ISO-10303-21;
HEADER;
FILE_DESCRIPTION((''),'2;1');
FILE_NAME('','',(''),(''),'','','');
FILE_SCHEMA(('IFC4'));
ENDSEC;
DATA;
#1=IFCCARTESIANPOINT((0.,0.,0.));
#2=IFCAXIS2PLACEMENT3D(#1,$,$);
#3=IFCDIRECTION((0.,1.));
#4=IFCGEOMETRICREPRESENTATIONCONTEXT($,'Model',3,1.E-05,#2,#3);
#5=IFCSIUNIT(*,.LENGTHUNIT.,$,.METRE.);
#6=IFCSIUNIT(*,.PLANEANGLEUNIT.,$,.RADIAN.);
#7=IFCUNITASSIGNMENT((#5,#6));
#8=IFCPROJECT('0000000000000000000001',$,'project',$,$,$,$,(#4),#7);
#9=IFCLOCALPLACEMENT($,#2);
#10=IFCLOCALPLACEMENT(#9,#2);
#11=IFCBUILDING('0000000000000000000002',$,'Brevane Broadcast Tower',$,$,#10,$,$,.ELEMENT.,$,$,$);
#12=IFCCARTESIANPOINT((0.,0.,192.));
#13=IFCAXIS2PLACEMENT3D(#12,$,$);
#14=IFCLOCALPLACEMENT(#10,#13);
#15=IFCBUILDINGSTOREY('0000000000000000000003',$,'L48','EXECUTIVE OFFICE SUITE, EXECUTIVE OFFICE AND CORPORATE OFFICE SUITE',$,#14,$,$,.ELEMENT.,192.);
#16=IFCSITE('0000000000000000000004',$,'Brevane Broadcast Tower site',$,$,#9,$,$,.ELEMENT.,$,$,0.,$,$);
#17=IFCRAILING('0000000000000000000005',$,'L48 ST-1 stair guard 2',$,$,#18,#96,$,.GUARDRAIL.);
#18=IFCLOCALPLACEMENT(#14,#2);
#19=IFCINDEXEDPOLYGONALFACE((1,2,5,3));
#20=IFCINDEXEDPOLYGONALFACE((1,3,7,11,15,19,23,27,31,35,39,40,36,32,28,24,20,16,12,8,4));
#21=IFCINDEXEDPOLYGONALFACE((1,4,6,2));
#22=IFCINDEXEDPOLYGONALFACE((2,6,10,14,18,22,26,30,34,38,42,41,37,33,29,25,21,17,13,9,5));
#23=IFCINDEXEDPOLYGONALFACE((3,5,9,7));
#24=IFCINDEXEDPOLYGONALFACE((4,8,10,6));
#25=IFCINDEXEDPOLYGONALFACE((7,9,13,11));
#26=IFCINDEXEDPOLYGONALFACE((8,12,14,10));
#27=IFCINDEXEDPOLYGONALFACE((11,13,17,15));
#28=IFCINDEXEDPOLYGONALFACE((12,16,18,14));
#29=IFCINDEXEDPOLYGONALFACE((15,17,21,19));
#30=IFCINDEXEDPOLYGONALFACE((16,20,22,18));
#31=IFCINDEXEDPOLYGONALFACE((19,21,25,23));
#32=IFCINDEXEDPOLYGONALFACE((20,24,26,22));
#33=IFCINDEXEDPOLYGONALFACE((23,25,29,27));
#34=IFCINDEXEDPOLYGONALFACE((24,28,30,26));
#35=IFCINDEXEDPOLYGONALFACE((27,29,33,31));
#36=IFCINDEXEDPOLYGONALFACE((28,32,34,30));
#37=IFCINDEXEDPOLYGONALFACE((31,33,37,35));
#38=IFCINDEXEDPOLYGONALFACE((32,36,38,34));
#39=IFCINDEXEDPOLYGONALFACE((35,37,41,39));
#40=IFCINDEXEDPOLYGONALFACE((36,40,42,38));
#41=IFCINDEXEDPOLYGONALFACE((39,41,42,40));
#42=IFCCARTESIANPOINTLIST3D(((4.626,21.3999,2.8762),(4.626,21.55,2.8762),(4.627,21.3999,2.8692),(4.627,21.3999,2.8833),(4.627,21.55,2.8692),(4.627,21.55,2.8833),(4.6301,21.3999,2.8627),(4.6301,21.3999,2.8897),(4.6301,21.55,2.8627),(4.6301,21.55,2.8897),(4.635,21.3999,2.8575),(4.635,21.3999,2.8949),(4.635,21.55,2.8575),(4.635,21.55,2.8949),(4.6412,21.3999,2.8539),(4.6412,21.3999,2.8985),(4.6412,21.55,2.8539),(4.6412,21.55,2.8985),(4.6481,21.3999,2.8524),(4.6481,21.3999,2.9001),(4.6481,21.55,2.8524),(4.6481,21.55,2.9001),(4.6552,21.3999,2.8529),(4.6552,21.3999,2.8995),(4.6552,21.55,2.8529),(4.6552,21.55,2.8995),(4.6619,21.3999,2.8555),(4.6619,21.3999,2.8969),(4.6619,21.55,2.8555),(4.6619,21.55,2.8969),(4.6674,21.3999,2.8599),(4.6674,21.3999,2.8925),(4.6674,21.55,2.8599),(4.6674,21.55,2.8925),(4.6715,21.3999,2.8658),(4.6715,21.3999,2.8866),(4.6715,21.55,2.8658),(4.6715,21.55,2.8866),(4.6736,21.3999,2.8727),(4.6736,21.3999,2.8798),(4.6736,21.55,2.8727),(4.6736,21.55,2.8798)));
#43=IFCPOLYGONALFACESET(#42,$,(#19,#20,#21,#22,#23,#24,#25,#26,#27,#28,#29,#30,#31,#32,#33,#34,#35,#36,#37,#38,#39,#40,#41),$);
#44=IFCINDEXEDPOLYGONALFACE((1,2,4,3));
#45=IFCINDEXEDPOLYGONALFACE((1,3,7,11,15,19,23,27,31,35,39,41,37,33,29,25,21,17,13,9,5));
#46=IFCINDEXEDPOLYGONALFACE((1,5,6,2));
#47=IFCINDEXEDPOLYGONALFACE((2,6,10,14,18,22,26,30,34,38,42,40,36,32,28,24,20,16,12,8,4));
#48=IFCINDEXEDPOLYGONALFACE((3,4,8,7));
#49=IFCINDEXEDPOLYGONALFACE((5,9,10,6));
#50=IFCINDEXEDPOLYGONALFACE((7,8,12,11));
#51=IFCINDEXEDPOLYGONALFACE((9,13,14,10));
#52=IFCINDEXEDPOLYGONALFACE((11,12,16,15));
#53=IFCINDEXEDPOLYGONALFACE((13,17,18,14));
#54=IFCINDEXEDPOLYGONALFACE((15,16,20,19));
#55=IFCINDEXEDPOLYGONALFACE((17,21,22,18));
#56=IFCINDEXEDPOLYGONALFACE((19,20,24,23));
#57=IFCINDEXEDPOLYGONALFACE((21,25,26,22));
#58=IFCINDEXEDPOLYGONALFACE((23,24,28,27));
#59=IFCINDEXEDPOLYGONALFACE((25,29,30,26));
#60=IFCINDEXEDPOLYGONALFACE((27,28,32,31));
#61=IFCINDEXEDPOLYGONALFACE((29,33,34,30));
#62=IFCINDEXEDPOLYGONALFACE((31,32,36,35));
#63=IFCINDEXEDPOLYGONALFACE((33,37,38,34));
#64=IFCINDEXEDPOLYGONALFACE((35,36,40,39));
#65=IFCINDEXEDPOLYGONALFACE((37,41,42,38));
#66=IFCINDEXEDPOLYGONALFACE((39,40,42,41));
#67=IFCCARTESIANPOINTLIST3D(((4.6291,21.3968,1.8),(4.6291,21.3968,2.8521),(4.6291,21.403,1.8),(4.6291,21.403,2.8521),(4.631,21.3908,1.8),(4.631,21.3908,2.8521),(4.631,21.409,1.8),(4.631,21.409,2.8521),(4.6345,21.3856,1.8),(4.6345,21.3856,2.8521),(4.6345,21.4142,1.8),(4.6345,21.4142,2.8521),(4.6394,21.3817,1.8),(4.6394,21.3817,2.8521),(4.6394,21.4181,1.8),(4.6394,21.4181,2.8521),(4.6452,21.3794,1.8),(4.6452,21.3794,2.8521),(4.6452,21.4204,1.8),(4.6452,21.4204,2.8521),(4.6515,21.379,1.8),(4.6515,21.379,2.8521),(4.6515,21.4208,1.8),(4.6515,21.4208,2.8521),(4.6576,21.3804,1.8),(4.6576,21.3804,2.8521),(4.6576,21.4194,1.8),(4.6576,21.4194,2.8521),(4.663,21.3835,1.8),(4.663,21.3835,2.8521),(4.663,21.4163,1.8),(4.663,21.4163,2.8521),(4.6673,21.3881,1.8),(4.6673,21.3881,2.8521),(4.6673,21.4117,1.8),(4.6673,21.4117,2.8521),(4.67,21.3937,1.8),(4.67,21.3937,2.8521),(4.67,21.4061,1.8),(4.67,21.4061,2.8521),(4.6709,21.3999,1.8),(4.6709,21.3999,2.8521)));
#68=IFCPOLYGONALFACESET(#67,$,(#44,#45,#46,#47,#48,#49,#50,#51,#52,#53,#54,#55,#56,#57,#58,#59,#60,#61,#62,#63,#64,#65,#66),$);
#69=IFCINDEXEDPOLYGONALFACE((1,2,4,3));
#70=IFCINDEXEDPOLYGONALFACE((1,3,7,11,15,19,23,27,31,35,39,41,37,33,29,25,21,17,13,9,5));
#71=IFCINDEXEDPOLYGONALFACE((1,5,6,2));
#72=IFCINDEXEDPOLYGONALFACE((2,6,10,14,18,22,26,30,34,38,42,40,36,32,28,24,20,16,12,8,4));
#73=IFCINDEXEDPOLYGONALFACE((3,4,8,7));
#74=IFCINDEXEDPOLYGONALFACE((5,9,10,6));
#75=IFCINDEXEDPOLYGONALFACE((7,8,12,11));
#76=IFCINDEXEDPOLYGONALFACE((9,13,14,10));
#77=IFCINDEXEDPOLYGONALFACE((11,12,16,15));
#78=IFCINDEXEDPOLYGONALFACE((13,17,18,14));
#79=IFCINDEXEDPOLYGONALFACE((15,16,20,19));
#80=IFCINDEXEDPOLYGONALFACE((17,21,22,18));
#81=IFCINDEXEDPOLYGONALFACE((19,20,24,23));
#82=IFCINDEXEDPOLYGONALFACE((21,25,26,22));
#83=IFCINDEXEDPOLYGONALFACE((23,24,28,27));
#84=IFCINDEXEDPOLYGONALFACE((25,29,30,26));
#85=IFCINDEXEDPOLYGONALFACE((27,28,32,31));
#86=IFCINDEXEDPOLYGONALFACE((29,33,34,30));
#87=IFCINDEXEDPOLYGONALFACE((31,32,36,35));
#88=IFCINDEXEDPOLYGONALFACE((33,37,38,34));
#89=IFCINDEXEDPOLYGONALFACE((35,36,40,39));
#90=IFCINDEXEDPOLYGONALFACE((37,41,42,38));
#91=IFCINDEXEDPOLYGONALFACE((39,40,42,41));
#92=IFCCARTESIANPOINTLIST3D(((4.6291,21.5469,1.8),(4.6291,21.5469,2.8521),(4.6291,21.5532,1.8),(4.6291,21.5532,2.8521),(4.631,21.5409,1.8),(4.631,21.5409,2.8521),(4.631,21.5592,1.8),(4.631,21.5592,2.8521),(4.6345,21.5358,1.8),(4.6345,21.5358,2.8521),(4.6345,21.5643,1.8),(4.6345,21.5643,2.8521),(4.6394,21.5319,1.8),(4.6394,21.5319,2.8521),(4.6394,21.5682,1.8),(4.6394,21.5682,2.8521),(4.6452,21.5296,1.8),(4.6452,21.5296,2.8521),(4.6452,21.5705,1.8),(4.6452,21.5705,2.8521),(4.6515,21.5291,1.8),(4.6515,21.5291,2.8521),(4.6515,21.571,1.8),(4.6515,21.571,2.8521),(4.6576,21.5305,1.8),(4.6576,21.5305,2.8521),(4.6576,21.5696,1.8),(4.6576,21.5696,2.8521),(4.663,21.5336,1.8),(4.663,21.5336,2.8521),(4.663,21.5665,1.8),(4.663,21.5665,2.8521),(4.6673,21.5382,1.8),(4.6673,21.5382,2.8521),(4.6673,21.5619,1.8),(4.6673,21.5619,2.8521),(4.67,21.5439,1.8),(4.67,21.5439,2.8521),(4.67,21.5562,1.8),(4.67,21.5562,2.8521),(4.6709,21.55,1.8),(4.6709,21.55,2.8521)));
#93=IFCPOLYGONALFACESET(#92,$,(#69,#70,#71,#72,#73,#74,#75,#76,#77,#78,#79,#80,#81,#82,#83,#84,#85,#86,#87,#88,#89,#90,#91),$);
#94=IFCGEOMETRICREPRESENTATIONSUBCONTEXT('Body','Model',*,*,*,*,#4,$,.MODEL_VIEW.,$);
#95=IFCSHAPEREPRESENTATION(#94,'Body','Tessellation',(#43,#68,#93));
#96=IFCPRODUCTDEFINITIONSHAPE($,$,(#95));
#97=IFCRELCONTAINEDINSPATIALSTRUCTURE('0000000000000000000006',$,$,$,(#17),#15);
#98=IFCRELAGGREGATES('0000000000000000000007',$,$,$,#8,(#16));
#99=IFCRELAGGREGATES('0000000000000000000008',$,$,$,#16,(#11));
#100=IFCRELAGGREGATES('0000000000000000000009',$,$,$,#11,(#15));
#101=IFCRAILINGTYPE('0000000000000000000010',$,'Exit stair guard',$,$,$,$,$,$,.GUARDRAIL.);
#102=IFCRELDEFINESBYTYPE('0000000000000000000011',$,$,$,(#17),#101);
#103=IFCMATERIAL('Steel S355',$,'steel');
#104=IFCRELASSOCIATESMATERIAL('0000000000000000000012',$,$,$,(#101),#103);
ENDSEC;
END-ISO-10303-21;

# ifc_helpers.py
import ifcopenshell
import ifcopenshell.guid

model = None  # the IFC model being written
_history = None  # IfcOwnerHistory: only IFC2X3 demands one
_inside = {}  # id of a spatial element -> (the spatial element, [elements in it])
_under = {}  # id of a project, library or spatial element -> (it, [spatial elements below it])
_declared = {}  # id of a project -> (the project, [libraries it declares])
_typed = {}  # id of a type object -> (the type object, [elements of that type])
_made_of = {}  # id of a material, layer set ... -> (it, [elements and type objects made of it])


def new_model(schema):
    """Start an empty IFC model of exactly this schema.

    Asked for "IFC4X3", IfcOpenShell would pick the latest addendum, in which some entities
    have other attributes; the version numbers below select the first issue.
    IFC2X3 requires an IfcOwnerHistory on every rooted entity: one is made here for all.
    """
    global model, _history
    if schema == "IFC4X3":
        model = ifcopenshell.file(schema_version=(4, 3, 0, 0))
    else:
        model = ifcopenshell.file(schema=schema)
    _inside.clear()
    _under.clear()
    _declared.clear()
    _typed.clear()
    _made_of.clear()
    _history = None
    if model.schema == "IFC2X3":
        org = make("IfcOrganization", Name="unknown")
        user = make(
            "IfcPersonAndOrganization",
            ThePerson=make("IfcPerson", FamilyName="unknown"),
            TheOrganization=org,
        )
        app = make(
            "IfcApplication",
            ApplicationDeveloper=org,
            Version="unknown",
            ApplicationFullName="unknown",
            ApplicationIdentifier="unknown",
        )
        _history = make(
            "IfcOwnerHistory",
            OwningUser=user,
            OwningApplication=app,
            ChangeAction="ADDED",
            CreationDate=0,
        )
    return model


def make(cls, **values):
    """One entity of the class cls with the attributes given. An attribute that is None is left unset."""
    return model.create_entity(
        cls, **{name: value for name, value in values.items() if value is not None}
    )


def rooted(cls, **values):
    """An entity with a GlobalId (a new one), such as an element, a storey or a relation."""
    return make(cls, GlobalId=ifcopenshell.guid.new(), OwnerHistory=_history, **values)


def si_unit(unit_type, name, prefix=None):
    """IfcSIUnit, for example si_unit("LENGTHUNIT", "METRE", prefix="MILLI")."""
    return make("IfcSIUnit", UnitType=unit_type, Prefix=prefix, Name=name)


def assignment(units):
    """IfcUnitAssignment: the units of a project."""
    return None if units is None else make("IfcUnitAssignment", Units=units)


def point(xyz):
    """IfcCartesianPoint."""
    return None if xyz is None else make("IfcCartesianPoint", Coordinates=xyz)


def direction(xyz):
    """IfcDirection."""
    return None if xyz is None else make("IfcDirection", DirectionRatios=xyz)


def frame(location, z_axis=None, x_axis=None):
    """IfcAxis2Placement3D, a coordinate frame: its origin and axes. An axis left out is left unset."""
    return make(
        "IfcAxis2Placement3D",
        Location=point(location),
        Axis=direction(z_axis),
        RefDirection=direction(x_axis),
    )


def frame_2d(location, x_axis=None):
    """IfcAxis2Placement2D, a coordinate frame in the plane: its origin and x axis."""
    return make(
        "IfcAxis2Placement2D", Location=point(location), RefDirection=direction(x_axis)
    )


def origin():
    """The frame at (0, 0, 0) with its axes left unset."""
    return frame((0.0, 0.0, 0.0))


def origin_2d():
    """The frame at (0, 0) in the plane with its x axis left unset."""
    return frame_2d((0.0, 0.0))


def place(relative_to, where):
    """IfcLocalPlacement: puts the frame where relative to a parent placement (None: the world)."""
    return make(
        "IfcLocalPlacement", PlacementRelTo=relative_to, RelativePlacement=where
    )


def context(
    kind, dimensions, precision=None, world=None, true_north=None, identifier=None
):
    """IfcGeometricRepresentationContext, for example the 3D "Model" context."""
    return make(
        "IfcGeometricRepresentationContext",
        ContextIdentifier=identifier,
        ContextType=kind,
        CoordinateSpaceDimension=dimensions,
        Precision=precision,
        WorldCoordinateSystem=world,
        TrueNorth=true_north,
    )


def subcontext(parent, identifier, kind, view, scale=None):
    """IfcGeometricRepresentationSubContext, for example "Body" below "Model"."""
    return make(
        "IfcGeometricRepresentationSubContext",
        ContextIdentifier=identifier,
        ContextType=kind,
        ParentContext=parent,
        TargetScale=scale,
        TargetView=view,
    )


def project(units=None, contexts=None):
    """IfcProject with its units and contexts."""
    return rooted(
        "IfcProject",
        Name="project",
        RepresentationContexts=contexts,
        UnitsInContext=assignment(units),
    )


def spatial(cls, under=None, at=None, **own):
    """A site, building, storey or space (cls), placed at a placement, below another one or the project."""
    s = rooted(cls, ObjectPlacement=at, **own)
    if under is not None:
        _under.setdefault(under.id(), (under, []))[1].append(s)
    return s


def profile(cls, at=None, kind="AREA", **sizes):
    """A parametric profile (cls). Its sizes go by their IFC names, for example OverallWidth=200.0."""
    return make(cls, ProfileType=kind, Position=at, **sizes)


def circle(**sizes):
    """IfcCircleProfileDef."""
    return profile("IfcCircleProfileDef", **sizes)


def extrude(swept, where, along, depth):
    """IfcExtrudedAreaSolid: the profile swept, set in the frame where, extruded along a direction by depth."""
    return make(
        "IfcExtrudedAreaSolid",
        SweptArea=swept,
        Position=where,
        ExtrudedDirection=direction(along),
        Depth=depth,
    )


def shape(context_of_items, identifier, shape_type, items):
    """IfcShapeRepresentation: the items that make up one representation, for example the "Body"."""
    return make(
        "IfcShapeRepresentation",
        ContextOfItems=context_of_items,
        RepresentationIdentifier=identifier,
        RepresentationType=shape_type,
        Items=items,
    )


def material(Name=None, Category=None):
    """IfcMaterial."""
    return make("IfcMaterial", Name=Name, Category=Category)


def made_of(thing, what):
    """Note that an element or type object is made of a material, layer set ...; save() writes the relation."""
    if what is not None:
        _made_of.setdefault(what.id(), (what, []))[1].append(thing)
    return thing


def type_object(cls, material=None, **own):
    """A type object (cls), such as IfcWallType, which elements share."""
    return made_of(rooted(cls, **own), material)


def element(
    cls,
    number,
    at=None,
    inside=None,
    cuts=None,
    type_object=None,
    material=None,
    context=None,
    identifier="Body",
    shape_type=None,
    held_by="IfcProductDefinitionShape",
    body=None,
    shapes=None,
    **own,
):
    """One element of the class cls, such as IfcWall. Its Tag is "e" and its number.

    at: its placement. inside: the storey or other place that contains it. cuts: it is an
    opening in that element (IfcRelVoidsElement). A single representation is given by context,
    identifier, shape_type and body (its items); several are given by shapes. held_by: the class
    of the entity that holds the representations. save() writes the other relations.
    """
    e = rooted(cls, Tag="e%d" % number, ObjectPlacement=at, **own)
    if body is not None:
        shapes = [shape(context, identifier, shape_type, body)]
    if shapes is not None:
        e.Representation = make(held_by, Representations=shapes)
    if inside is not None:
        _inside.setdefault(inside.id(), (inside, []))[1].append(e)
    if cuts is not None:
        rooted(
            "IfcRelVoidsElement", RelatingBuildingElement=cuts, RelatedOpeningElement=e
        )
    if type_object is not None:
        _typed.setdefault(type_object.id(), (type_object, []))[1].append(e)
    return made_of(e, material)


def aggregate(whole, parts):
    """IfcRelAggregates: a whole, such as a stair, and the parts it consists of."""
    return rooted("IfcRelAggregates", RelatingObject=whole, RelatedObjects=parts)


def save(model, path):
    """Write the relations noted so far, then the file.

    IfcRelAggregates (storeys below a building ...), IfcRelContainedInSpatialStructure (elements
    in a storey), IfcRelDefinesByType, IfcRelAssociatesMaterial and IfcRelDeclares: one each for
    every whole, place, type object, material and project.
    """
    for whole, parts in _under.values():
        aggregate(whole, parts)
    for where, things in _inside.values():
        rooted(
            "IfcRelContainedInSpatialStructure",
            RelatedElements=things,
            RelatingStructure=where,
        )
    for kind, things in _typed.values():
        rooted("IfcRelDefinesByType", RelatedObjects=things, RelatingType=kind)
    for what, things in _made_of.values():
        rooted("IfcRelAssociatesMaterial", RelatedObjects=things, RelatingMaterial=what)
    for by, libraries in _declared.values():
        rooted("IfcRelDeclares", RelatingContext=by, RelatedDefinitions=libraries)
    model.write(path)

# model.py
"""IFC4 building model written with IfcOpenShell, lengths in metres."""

from ifc_helpers import new_model, si_unit, direction, frame, origin, origin_2d, place, context, subcontext, project, spatial, circle, extrude, material, type_object, element, save


model = new_model("IFC4")

# Units and contexts
model_context = context("Model", 3, precision=1e-05, world=origin(), true_north=direction((0.0, 1.0)))
body_context = subcontext(model_context, "Body", "Model", "MODEL_VIEW")
ifc_project = project(units=[si_unit("LENGTHUNIT", "METRE"), si_unit("PLANEANGLEUNIT", "RADIAN")], contexts=[model_context])

# Site, building, storey
site_placement = place(None, origin())
site = spatial("IfcSite", under=ifc_project, at=site_placement, Name="Brevane Broadcast Tower site", CompositionType="ELEMENT", RefElevation=0.0)
building_placement = place(site_placement, origin())
building = spatial("IfcBuilding", under=site, at=building_placement, Name="Brevane Broadcast Tower", CompositionType="ELEMENT")
storey_placement = place(building_placement, frame((0.0, 0.0, 192.0)))
storey = spatial("IfcBuildingStorey", under=building, at=storey_placement, Name="L48", Description="EXECUTIVE OFFICE SUITE, EXECUTIVE OFFICE AND CORPORATE OFFICE SUITE", CompositionType="ELEMENT", Elevation=192.0)

# Railing
ifc_material_1 = material(Name="Steel S355", Category="steel")
railing_type_1 = type_object("IfcRailingType", Name="Exit stair guard", PredefinedType="GUARDRAIL", material=ifc_material_1)
railing_1_placement = place(storey_placement, frame((4.6499, 21.3999, 1.8)))
element("IfcRailing", 1, at=railing_1_placement, inside=storey, type_object=railing_type_1, Name="L48 ST-1 stair guard 2", PredefinedType="GUARDRAIL", context=body_context, shape_type="SweptSolid", body=[
    extrude(circle(Radius=0.0239, at=origin_2d()), frame((0.0, 0.0, 1.0762), z_axis=(0.0, 1.0, 0.0), x_axis=(-1.0, 0.0, 0.0)), (0.0, 0.0, 1.0), 0.1501),
    extrude(circle(Radius=0.021, at=origin_2d()), origin(), (0.0, 0.0, 1.0), 1.052),
    extrude(circle(Radius=0.021, at=origin_2d()), frame((0.0, 0.1501, 0.0)), (0.0, 0.0, 1.0), 1.052),
])

save(model, "model.ifc")
